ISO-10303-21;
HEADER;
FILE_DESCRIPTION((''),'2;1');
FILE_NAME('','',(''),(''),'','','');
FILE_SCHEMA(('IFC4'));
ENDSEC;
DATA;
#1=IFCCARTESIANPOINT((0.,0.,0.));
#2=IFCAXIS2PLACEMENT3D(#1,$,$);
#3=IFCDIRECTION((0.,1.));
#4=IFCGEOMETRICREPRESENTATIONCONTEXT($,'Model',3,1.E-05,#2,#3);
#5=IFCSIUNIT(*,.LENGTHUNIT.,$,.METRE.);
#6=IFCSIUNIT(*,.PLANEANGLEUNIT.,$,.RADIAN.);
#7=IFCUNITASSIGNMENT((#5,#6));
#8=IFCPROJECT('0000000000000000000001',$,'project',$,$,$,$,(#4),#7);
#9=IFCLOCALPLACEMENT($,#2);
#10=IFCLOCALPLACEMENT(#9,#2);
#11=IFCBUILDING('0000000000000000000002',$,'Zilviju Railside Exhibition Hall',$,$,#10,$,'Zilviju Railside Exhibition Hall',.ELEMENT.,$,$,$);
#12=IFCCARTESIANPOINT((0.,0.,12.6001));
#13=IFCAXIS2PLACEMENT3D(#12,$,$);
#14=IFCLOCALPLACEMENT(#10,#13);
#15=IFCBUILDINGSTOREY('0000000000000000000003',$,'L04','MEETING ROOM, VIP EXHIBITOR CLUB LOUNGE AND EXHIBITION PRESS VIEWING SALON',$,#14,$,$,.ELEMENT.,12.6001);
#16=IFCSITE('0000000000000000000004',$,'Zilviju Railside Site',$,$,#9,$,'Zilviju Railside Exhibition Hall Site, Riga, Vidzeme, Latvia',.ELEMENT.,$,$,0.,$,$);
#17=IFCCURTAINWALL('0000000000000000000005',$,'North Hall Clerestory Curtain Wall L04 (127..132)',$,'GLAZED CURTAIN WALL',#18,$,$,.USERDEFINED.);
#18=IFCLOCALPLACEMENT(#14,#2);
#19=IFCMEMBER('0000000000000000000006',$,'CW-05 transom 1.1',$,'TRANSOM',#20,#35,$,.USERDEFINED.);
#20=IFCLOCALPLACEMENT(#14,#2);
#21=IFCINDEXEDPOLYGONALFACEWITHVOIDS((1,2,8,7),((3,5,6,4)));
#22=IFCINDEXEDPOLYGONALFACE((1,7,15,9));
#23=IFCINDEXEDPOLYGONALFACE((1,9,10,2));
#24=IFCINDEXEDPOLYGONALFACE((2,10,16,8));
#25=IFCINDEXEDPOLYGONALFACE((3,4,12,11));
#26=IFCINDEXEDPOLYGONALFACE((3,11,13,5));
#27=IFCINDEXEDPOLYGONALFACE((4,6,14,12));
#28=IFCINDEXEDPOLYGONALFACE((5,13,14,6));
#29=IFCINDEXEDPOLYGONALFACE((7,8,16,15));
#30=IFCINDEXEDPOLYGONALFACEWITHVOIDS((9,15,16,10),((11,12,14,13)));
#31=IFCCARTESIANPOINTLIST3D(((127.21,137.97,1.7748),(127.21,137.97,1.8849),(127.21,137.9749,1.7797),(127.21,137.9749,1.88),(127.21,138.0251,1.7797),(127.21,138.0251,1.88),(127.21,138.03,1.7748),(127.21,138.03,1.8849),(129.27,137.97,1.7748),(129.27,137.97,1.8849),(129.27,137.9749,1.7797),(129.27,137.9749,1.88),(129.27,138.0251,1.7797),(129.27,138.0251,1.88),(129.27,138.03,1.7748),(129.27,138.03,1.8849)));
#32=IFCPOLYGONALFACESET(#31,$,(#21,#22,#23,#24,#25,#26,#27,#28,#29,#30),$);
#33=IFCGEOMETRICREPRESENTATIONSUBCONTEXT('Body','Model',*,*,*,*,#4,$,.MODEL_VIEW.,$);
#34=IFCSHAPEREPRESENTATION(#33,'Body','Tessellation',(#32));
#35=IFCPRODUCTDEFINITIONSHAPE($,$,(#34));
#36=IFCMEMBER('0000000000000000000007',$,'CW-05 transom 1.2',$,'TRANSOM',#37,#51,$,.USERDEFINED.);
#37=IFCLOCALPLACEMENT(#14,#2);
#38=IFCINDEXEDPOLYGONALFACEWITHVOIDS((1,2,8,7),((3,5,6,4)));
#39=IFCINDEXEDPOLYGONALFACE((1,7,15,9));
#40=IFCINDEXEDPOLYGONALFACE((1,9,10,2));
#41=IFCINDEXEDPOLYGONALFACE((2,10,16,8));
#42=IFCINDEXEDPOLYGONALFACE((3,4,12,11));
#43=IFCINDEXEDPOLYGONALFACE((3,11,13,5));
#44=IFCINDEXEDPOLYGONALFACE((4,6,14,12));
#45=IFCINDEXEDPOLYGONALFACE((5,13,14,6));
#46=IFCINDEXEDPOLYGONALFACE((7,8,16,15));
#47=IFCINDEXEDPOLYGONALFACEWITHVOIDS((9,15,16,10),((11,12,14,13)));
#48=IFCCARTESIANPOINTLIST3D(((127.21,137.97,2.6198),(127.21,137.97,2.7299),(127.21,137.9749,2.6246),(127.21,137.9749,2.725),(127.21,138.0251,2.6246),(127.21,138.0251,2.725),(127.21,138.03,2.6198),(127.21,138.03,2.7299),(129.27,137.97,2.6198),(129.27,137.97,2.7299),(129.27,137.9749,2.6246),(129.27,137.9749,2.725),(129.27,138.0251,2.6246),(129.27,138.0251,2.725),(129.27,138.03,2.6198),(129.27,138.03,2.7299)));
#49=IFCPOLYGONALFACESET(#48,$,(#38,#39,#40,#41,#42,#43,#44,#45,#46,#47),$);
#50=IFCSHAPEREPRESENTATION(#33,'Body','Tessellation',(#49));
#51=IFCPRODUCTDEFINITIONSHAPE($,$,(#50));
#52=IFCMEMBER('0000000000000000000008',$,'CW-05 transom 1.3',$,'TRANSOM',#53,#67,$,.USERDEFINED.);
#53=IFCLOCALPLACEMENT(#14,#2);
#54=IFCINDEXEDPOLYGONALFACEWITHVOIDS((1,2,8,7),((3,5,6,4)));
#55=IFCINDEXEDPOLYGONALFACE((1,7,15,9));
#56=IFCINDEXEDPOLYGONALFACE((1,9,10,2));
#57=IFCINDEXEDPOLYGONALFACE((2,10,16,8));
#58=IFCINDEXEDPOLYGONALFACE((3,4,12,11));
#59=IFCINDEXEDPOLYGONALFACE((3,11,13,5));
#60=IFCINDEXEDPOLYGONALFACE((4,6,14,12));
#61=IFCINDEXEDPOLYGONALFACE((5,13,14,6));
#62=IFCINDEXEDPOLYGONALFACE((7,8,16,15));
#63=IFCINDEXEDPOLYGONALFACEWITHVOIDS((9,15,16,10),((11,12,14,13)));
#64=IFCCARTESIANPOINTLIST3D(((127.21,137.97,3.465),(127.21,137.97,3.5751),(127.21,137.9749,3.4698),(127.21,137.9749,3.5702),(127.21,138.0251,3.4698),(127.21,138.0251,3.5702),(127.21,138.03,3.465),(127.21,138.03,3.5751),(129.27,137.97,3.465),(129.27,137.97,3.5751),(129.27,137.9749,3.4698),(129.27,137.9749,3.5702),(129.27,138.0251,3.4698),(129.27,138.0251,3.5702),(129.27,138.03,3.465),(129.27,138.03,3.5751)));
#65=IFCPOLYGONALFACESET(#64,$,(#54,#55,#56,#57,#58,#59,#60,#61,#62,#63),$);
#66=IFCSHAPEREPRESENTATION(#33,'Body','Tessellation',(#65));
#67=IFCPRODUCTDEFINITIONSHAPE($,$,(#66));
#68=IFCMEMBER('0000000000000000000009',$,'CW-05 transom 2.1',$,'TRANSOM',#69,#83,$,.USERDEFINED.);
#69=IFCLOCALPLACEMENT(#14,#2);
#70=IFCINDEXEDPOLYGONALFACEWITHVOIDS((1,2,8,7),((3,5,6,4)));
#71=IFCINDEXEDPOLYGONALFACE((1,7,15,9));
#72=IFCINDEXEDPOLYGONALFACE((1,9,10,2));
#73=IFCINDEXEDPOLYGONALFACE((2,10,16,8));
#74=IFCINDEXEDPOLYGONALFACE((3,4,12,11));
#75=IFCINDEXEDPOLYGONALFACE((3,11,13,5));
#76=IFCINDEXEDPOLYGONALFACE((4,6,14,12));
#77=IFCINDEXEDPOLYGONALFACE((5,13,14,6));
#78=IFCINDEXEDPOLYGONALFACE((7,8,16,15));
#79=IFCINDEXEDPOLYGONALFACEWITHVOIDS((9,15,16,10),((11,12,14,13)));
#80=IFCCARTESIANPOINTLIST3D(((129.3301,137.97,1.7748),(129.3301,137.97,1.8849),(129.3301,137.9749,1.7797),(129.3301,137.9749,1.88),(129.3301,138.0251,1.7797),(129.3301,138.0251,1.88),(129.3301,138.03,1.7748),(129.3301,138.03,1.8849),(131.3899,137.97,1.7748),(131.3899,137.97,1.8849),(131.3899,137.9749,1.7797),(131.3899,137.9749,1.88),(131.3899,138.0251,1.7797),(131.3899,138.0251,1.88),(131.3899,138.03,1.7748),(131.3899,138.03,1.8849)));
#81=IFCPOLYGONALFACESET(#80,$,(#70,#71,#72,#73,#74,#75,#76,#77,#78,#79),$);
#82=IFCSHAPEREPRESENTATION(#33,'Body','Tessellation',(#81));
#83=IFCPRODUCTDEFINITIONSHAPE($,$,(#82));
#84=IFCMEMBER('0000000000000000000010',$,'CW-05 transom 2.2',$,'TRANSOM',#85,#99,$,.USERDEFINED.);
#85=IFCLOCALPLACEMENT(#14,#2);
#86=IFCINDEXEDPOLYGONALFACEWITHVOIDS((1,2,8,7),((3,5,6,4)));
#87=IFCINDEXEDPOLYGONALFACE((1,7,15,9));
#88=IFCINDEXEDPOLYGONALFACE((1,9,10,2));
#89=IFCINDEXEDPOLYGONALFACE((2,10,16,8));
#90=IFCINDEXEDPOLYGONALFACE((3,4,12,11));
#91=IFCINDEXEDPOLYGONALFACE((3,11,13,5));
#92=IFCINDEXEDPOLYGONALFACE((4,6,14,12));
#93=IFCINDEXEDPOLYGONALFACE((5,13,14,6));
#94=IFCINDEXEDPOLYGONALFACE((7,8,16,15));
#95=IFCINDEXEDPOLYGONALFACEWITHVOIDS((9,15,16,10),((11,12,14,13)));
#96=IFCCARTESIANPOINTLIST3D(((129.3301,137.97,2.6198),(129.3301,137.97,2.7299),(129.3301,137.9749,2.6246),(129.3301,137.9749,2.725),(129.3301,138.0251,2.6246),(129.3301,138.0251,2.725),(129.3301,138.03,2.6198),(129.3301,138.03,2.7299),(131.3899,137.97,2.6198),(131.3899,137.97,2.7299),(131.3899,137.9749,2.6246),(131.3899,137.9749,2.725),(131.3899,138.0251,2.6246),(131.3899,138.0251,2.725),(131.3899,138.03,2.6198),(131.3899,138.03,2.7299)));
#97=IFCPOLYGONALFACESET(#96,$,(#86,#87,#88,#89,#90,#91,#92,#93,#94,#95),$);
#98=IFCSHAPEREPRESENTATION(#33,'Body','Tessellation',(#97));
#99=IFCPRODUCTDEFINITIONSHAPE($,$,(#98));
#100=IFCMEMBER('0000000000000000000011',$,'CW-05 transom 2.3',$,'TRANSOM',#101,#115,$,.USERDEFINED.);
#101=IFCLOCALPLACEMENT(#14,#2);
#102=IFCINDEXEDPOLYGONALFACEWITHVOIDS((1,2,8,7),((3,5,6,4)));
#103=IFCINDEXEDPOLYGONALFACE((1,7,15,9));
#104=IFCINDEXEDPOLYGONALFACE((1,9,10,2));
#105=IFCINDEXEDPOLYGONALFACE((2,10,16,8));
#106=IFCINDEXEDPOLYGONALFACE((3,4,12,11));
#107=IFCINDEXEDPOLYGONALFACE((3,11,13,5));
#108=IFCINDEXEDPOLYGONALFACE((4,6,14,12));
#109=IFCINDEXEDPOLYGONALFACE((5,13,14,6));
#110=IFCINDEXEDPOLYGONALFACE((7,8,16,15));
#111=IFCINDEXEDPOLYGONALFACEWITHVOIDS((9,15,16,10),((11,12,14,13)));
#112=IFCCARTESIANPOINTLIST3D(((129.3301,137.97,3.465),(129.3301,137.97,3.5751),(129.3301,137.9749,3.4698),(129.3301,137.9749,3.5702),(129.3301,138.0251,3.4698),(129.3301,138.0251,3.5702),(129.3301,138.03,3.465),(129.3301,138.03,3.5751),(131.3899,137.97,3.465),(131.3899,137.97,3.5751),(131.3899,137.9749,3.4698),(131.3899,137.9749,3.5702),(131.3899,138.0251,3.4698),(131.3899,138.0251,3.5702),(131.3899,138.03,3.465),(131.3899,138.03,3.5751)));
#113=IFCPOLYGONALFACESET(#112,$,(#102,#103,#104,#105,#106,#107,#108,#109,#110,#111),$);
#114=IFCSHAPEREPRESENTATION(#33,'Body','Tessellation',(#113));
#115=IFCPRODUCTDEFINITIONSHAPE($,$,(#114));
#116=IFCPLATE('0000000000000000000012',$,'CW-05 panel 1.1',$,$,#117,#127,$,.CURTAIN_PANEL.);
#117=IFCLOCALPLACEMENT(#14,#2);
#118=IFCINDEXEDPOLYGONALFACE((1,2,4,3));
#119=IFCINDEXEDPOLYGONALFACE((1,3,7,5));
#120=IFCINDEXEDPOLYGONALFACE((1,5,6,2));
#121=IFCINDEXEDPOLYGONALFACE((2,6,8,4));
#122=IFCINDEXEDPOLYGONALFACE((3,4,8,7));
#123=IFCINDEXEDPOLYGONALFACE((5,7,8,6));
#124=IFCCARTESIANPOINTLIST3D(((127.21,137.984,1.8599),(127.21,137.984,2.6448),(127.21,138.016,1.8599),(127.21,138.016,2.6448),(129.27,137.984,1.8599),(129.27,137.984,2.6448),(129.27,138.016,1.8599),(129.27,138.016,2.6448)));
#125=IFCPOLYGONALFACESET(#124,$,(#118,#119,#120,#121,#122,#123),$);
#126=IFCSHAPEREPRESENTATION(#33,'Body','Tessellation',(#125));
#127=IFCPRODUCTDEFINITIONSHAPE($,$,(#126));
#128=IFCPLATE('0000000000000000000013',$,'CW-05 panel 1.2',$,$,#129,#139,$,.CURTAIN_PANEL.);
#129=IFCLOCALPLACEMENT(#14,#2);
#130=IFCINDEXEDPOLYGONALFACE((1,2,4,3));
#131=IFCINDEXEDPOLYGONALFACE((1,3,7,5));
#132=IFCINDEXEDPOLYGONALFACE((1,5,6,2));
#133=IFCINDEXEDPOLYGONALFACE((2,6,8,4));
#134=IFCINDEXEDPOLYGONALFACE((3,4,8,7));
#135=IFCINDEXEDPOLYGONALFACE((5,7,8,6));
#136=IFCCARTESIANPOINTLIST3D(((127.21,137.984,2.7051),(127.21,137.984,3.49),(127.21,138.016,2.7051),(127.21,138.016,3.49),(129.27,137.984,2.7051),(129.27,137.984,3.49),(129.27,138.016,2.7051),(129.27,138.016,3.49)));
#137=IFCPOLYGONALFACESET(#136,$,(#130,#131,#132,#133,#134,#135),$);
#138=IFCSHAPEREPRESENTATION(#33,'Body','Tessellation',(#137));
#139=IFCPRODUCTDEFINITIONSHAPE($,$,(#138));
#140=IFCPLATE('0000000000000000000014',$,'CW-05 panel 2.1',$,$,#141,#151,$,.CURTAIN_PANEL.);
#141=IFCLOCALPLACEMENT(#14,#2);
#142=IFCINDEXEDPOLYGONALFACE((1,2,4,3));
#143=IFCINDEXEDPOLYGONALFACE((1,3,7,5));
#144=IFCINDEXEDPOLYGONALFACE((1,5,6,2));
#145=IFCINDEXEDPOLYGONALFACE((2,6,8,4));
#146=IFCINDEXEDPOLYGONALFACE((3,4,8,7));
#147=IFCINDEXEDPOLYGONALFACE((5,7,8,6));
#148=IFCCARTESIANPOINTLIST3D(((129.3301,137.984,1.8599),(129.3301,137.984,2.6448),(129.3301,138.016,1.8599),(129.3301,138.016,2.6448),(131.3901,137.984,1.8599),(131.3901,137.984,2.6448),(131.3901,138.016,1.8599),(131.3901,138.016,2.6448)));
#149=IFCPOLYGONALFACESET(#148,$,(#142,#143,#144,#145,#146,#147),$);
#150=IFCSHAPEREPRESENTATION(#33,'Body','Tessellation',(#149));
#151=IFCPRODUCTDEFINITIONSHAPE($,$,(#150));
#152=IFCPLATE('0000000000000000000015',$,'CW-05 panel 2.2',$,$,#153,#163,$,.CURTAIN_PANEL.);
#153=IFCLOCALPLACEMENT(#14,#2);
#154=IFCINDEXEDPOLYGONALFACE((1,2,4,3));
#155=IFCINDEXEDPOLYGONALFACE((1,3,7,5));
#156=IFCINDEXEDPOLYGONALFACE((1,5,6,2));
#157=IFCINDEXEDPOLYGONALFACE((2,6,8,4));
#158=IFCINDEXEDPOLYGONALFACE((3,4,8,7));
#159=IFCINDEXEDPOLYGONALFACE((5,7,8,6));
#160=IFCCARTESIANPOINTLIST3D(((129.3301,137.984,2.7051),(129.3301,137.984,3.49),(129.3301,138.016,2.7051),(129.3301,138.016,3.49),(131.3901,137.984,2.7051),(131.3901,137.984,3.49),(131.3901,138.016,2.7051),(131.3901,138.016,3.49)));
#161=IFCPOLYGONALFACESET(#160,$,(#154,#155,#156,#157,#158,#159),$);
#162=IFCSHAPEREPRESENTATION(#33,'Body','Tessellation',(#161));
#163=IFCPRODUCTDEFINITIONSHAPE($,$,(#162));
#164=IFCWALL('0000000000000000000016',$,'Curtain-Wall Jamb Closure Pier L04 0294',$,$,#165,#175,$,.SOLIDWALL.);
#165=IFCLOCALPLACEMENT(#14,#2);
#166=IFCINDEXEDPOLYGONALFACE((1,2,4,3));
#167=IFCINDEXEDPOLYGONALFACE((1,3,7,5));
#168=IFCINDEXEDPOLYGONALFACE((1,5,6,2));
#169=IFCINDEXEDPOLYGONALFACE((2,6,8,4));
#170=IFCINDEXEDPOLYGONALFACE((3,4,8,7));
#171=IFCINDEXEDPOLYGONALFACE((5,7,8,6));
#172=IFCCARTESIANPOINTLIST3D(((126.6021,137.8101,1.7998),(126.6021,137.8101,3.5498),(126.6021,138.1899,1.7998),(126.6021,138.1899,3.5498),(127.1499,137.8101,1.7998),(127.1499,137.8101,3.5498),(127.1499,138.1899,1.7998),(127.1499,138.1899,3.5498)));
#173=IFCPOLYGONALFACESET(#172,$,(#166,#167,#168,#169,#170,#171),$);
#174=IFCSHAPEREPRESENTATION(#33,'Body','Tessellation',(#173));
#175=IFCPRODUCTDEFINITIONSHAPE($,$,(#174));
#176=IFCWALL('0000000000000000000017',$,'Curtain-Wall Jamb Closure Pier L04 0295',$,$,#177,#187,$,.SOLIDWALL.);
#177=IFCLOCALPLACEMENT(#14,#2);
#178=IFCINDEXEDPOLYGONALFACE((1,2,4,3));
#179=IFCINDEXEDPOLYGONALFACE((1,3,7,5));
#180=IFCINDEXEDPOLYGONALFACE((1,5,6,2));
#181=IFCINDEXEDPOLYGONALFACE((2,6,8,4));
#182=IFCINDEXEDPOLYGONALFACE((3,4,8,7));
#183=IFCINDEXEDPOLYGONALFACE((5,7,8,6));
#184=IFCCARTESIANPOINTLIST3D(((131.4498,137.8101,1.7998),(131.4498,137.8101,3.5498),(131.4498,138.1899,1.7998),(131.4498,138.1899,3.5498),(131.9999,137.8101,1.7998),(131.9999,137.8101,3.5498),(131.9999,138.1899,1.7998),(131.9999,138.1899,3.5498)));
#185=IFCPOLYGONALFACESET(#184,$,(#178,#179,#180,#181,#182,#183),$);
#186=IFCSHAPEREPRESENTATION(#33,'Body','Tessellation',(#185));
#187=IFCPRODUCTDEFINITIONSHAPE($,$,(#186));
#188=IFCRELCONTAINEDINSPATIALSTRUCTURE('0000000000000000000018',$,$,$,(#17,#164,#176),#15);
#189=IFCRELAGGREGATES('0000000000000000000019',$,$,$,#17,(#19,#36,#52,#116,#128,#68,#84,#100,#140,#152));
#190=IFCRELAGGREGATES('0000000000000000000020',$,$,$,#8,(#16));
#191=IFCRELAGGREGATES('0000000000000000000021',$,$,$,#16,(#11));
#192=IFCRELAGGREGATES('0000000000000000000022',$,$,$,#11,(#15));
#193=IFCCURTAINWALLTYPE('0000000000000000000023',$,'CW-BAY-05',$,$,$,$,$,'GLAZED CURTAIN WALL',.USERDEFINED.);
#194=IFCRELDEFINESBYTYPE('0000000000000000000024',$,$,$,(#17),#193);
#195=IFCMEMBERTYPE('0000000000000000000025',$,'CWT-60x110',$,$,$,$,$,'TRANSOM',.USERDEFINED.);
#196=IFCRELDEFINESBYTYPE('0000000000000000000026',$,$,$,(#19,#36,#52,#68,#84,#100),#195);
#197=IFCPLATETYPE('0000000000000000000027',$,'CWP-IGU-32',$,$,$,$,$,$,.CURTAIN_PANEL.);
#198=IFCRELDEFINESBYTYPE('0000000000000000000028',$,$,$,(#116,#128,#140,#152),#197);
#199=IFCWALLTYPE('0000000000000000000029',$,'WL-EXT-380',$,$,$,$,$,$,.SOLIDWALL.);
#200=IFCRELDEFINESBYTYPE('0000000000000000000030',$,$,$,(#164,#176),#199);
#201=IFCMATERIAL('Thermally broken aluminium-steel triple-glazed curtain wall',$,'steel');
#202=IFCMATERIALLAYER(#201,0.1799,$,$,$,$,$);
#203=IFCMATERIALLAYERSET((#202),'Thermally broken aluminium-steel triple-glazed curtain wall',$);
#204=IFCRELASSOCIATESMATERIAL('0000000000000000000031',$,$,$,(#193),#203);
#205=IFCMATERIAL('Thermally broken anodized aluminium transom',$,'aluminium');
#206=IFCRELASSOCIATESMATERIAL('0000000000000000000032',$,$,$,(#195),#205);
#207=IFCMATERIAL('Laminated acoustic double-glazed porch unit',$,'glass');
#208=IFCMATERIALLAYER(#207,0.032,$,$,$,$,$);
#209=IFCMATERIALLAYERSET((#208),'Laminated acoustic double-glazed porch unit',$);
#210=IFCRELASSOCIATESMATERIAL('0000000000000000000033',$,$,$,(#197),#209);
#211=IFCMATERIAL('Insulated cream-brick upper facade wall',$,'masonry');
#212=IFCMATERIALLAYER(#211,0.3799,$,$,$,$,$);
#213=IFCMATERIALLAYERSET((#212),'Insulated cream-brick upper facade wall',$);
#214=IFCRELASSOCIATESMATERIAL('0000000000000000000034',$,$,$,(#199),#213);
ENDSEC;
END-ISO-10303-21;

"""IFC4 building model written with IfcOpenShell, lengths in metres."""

from ifc_helpers import new_model, si_unit, direction, frame, frame_2d, origin, origin_2d, place, context, subcontext, project, spatial, rectangle, hollow_rectangle, extrude, material, layer, layer_set, material_profile, profile_set, type_object, element, aggregate, save


model = new_model("IFC4")

# Units and contexts
model_context = context("Model", 3, precision=1e-05, world=origin(), true_north=direction((0.0, 1.0)))
body_context = subcontext(model_context, "Body", "Model", "MODEL_VIEW")
ifc_project = project(units=[si_unit("LENGTHUNIT", "METRE"), si_unit("PLANEANGLEUNIT", "RADIAN")], contexts=[model_context])

# Site, building, storey
site_placement = place(None, origin())
site = spatial("IfcSite", under=ifc_project, at=site_placement, Name="Zilviju Railside Site", LongName="Zilviju Railside Exhibition Hall Site, Riga, Vidzeme, Latvia", CompositionType="ELEMENT", RefElevation=0.0)
building_placement = place(site_placement, origin())
building = spatial("IfcBuilding", under=site, at=building_placement, Name="Zilviju Railside Exhibition Hall", LongName="Zilviju Railside Exhibition Hall", CompositionType="ELEMENT")
storey_placement = place(building_placement, frame((0.0, 0.0, 12.6001)))
storey = spatial("IfcBuildingStorey", under=building, at=storey_placement, Name="L04", Description="MEETING ROOM, VIP EXHIBITOR CLUB LOUNGE AND EXHIBITION PRESS VIEWING SALON", CompositionType="ELEMENT", Elevation=12.6001)

# Curtain wall, members, plates
ifc_material_1 = material(Name="Thermally broken aluminium-steel triple-glazed curtain wall", Category="steel")
ifc_layer_1 = layer(ifc_material_1, 0.1799)
ifc_layer_set_1 = layer_set([ifc_layer_1], Name="Thermally broken aluminium-steel triple-glazed curtain wall")
curtain_wall_type = type_object("IfcCurtainWallType", Name="CW-BAY-05", ElementType="GLAZED CURTAIN WALL", PredefinedType="USERDEFINED", material=ifc_layer_set_1)
curtain_wall_placement = place(storey_placement, origin())
curtain_wall = element("IfcCurtainWall", 1, at=curtain_wall_placement, inside=storey, type_object=curtain_wall_type, Name="North Hall Clerestory Curtain Wall L04 (127..132)", ObjectType="GLAZED CURTAIN WALL", PredefinedType="USERDEFINED")
ifc_material_2 = material(Name="Thermally broken anodized aluminium transom", Category="aluminium")
ifc_material_profile_1 = material_profile(ifc_material_2, hollow_rectangle(XDim=0.0601, YDim=0.1101, WallThickness=0.0049, at=origin_2d()), Name="TRANSOM 110x60x5")
ifc_profile_set_1 = profile_set([ifc_material_profile_1], Name="Thermally broken anodized aluminium transom")
member_type_1 = type_object("IfcMemberType", Name="CWT-60x110", ElementType="TRANSOM", PredefinedType="USERDEFINED", material=ifc_profile_set_1)
member_1_placement = place(storey_placement, frame((127.21, 138.0, 1.8298), z_axis=(1.0, 0.0, 0.0), x_axis=(0.0, 1.0, 0.0)))
member_1 = element("IfcMember", 2, at=member_1_placement, type_object=member_type_1, Name="CW-05 transom 1.1", ObjectType="TRANSOM", PredefinedType="USERDEFINED", context=body_context, shape_type="SweptSolid", body=[
    extrude(hollow_rectangle(XDim=0.0601, YDim=0.1101, WallThickness=0.0049, at=origin_2d()), origin(), (0.0, 0.0, 1.0), 2.0601),
])
member_2_placement = place(storey_placement, frame((127.21, 138.0, 2.6748), z_axis=(1.0, 0.0, 0.0), x_axis=(0.0, 1.0, 0.0)))
member_2 = element("IfcMember", 3, at=member_2_placement, type_object=member_type_1, Name="CW-05 transom 1.2", ObjectType="TRANSOM", PredefinedType="USERDEFINED", context=body_context, shape_type="SweptSolid", body=[
    extrude(hollow_rectangle(XDim=0.0601, YDim=0.1101, WallThickness=0.0049, at=origin_2d()), origin(), (0.0, 0.0, 1.0), 2.0601),
])
member_3_placement = place(storey_placement, frame((127.21, 138.0, 3.52), z_axis=(1.0, 0.0, 0.0), x_axis=(0.0, 1.0, 0.0)))
member_3 = element("IfcMember", 4, at=member_3_placement, type_object=member_type_1, Name="CW-05 transom 1.3", ObjectType="TRANSOM", PredefinedType="USERDEFINED", context=body_context, shape_type="SweptSolid", body=[
    extrude(hollow_rectangle(XDim=0.0601, YDim=0.1101, WallThickness=0.0049, at=origin_2d()), origin(), (0.0, 0.0, 1.0), 2.0601),
])
member_4_placement = place(storey_placement, frame((129.3301, 138.0, 1.8298), z_axis=(1.0, 0.0, 0.0), x_axis=(0.0, 1.0, 0.0)))
member_4 = element("IfcMember", 5, at=member_4_placement, type_object=member_type_1, Name="CW-05 transom 2.1", ObjectType="TRANSOM", PredefinedType="USERDEFINED", context=body_context, shape_type="SweptSolid", body=[
    extrude(hollow_rectangle(XDim=0.0601, YDim=0.1101, WallThickness=0.0049, at=origin_2d()), origin(), (0.0, 0.0, 1.0), 2.0598),
])
member_5_placement = place(storey_placement, frame((129.3301, 138.0, 2.6748), z_axis=(1.0, 0.0, 0.0), x_axis=(0.0, 1.0, 0.0)))
member_5 = element("IfcMember", 6, at=member_5_placement, type_object=member_type_1, Name="CW-05 transom 2.2", ObjectType="TRANSOM", PredefinedType="USERDEFINED", context=body_context, shape_type="SweptSolid", body=[
    extrude(hollow_rectangle(XDim=0.0601, YDim=0.1101, WallThickness=0.0049, at=origin_2d()), origin(), (0.0, 0.0, 1.0), 2.0598),
])
member_6_placement = place(storey_placement, frame((129.3301, 138.0, 3.52), z_axis=(1.0, 0.0, 0.0), x_axis=(0.0, 1.0, 0.0)))
member_6 = element("IfcMember", 7, at=member_6_placement, type_object=member_type_1, Name="CW-05 transom 2.3", ObjectType="TRANSOM", PredefinedType="USERDEFINED", context=body_context, shape_type="SweptSolid", body=[
    extrude(hollow_rectangle(XDim=0.0601, YDim=0.1101, WallThickness=0.0049, at=origin_2d()), origin(), (0.0, 0.0, 1.0), 2.0598),
])
ifc_material_3 = material(Name="Laminated acoustic double-glazed porch unit", Category="glass")
ifc_layer_2 = layer(ifc_material_3, 0.032)
ifc_layer_set_2 = layer_set([ifc_layer_2], Name="Laminated acoustic double-glazed porch unit")
plate_type = type_object("IfcPlateType", Name="CWP-IGU-32", PredefinedType="CURTAIN_PANEL", material=ifc_layer_set_2)
plate_1_placement = place(storey_placement, frame((128.24, 138.0, 1.8599), z_axis=(0.0, 0.0, 1.0), x_axis=(1.0, 0.0, 0.0)))
plate_1 = element("IfcPlate", 8, at=plate_1_placement, type_object=plate_type, Name="CW-05 panel 1.1", PredefinedType="CURTAIN_PANEL", context=body_context, shape_type="SweptSolid", body=[
    extrude(rectangle(XDim=2.0601, YDim=0.032, at=origin_2d()), origin(), (0.0, 0.0, 1.0), 0.7849),
])
plate_2_placement = place(storey_placement, frame((128.24, 138.0, 2.7051), z_axis=(0.0, 0.0, 1.0), x_axis=(1.0, 0.0, 0.0)))
plate_2 = element("IfcPlate", 9, at=plate_2_placement, type_object=plate_type, Name="CW-05 panel 1.2", PredefinedType="CURTAIN_PANEL", context=body_context, shape_type="SweptSolid", body=[
    extrude(rectangle(XDim=2.0601, YDim=0.032, at=origin_2d()), origin(), (0.0, 0.0, 1.0), 0.7849),
])
plate_3_placement = place(storey_placement, frame((130.3601, 138.0, 1.8599), z_axis=(0.0, 0.0, 1.0), x_axis=(1.0, 0.0, 0.0)))
plate_3 = element("IfcPlate", 10, at=plate_3_placement, type_object=plate_type, Name="CW-05 panel 2.1", PredefinedType="CURTAIN_PANEL", context=body_context, shape_type="SweptSolid", body=[
    extrude(rectangle(XDim=2.0601, YDim=0.032, at=origin_2d()), origin(), (0.0, 0.0, 1.0), 0.7849),
])
plate_4_placement = place(storey_placement, frame((130.3601, 138.0, 2.7051), z_axis=(0.0, 0.0, 1.0), x_axis=(1.0, 0.0, 0.0)))
plate_4 = element("IfcPlate", 11, at=plate_4_placement, type_object=plate_type, Name="CW-05 panel 2.2", PredefinedType="CURTAIN_PANEL", context=body_context, shape_type="SweptSolid", body=[
    extrude(rectangle(XDim=2.0601, YDim=0.032, at=origin_2d()), origin(), (0.0, 0.0, 1.0), 0.7849),
])
aggregate(curtain_wall, [member_1, member_2, member_3, plate_1, plate_2, member_4, member_5, member_6, plate_3, plate_4])

# Walls
ifc_material_4 = material(Name="Insulated cream-brick upper facade wall", Category="masonry")
ifc_layer_3 = layer(ifc_material_4, 0.3799)
ifc_layer_set_3 = layer_set([ifc_layer_3], Name="Insulated cream-brick upper facade wall")
wall_type_1 = type_object("IfcWallType", Name="WL-EXT-380", PredefinedType="SOLIDWALL", material=ifc_layer_set_3)
wall_1_placement = place(storey_placement, frame((126.6021, 138.0, 1.7998), z_axis=(0.0, 0.0, 1.0), x_axis=(1.0, 0.0, 0.0)))
element("IfcWall", 12, at=wall_1_placement, inside=storey, type_object=wall_type_1, Name="Curtain-Wall Jamb Closure Pier L04 0294", PredefinedType="SOLIDWALL", context=body_context, shape_type="SweptSolid", body=[
    extrude(rectangle(XDim=0.5479, YDim=0.3799, at=frame_2d((0.2739, 0.0))), origin(), (0.0, 0.0, 1.0), 1.75),
])
wall_2_placement = place(storey_placement, frame((131.45, 138.0, 1.7998), z_axis=(0.0, 0.0, 1.0), x_axis=(1.0, 0.0, 0.0)))
element("IfcWall", 13, at=wall_2_placement, inside=storey, type_object=wall_type_1, Name="Curtain-Wall Jamb Closure Pier L04 0295", PredefinedType="SOLIDWALL", context=body_context, shape_type="SweptSolid", body=[
    extrude(rectangle(XDim=0.55, YDim=0.3799, at=frame_2d((0.2749, 0.0))), origin(), (0.0, 0.0, 1.0), 1.75),
])

save(model, "model.ifc")
